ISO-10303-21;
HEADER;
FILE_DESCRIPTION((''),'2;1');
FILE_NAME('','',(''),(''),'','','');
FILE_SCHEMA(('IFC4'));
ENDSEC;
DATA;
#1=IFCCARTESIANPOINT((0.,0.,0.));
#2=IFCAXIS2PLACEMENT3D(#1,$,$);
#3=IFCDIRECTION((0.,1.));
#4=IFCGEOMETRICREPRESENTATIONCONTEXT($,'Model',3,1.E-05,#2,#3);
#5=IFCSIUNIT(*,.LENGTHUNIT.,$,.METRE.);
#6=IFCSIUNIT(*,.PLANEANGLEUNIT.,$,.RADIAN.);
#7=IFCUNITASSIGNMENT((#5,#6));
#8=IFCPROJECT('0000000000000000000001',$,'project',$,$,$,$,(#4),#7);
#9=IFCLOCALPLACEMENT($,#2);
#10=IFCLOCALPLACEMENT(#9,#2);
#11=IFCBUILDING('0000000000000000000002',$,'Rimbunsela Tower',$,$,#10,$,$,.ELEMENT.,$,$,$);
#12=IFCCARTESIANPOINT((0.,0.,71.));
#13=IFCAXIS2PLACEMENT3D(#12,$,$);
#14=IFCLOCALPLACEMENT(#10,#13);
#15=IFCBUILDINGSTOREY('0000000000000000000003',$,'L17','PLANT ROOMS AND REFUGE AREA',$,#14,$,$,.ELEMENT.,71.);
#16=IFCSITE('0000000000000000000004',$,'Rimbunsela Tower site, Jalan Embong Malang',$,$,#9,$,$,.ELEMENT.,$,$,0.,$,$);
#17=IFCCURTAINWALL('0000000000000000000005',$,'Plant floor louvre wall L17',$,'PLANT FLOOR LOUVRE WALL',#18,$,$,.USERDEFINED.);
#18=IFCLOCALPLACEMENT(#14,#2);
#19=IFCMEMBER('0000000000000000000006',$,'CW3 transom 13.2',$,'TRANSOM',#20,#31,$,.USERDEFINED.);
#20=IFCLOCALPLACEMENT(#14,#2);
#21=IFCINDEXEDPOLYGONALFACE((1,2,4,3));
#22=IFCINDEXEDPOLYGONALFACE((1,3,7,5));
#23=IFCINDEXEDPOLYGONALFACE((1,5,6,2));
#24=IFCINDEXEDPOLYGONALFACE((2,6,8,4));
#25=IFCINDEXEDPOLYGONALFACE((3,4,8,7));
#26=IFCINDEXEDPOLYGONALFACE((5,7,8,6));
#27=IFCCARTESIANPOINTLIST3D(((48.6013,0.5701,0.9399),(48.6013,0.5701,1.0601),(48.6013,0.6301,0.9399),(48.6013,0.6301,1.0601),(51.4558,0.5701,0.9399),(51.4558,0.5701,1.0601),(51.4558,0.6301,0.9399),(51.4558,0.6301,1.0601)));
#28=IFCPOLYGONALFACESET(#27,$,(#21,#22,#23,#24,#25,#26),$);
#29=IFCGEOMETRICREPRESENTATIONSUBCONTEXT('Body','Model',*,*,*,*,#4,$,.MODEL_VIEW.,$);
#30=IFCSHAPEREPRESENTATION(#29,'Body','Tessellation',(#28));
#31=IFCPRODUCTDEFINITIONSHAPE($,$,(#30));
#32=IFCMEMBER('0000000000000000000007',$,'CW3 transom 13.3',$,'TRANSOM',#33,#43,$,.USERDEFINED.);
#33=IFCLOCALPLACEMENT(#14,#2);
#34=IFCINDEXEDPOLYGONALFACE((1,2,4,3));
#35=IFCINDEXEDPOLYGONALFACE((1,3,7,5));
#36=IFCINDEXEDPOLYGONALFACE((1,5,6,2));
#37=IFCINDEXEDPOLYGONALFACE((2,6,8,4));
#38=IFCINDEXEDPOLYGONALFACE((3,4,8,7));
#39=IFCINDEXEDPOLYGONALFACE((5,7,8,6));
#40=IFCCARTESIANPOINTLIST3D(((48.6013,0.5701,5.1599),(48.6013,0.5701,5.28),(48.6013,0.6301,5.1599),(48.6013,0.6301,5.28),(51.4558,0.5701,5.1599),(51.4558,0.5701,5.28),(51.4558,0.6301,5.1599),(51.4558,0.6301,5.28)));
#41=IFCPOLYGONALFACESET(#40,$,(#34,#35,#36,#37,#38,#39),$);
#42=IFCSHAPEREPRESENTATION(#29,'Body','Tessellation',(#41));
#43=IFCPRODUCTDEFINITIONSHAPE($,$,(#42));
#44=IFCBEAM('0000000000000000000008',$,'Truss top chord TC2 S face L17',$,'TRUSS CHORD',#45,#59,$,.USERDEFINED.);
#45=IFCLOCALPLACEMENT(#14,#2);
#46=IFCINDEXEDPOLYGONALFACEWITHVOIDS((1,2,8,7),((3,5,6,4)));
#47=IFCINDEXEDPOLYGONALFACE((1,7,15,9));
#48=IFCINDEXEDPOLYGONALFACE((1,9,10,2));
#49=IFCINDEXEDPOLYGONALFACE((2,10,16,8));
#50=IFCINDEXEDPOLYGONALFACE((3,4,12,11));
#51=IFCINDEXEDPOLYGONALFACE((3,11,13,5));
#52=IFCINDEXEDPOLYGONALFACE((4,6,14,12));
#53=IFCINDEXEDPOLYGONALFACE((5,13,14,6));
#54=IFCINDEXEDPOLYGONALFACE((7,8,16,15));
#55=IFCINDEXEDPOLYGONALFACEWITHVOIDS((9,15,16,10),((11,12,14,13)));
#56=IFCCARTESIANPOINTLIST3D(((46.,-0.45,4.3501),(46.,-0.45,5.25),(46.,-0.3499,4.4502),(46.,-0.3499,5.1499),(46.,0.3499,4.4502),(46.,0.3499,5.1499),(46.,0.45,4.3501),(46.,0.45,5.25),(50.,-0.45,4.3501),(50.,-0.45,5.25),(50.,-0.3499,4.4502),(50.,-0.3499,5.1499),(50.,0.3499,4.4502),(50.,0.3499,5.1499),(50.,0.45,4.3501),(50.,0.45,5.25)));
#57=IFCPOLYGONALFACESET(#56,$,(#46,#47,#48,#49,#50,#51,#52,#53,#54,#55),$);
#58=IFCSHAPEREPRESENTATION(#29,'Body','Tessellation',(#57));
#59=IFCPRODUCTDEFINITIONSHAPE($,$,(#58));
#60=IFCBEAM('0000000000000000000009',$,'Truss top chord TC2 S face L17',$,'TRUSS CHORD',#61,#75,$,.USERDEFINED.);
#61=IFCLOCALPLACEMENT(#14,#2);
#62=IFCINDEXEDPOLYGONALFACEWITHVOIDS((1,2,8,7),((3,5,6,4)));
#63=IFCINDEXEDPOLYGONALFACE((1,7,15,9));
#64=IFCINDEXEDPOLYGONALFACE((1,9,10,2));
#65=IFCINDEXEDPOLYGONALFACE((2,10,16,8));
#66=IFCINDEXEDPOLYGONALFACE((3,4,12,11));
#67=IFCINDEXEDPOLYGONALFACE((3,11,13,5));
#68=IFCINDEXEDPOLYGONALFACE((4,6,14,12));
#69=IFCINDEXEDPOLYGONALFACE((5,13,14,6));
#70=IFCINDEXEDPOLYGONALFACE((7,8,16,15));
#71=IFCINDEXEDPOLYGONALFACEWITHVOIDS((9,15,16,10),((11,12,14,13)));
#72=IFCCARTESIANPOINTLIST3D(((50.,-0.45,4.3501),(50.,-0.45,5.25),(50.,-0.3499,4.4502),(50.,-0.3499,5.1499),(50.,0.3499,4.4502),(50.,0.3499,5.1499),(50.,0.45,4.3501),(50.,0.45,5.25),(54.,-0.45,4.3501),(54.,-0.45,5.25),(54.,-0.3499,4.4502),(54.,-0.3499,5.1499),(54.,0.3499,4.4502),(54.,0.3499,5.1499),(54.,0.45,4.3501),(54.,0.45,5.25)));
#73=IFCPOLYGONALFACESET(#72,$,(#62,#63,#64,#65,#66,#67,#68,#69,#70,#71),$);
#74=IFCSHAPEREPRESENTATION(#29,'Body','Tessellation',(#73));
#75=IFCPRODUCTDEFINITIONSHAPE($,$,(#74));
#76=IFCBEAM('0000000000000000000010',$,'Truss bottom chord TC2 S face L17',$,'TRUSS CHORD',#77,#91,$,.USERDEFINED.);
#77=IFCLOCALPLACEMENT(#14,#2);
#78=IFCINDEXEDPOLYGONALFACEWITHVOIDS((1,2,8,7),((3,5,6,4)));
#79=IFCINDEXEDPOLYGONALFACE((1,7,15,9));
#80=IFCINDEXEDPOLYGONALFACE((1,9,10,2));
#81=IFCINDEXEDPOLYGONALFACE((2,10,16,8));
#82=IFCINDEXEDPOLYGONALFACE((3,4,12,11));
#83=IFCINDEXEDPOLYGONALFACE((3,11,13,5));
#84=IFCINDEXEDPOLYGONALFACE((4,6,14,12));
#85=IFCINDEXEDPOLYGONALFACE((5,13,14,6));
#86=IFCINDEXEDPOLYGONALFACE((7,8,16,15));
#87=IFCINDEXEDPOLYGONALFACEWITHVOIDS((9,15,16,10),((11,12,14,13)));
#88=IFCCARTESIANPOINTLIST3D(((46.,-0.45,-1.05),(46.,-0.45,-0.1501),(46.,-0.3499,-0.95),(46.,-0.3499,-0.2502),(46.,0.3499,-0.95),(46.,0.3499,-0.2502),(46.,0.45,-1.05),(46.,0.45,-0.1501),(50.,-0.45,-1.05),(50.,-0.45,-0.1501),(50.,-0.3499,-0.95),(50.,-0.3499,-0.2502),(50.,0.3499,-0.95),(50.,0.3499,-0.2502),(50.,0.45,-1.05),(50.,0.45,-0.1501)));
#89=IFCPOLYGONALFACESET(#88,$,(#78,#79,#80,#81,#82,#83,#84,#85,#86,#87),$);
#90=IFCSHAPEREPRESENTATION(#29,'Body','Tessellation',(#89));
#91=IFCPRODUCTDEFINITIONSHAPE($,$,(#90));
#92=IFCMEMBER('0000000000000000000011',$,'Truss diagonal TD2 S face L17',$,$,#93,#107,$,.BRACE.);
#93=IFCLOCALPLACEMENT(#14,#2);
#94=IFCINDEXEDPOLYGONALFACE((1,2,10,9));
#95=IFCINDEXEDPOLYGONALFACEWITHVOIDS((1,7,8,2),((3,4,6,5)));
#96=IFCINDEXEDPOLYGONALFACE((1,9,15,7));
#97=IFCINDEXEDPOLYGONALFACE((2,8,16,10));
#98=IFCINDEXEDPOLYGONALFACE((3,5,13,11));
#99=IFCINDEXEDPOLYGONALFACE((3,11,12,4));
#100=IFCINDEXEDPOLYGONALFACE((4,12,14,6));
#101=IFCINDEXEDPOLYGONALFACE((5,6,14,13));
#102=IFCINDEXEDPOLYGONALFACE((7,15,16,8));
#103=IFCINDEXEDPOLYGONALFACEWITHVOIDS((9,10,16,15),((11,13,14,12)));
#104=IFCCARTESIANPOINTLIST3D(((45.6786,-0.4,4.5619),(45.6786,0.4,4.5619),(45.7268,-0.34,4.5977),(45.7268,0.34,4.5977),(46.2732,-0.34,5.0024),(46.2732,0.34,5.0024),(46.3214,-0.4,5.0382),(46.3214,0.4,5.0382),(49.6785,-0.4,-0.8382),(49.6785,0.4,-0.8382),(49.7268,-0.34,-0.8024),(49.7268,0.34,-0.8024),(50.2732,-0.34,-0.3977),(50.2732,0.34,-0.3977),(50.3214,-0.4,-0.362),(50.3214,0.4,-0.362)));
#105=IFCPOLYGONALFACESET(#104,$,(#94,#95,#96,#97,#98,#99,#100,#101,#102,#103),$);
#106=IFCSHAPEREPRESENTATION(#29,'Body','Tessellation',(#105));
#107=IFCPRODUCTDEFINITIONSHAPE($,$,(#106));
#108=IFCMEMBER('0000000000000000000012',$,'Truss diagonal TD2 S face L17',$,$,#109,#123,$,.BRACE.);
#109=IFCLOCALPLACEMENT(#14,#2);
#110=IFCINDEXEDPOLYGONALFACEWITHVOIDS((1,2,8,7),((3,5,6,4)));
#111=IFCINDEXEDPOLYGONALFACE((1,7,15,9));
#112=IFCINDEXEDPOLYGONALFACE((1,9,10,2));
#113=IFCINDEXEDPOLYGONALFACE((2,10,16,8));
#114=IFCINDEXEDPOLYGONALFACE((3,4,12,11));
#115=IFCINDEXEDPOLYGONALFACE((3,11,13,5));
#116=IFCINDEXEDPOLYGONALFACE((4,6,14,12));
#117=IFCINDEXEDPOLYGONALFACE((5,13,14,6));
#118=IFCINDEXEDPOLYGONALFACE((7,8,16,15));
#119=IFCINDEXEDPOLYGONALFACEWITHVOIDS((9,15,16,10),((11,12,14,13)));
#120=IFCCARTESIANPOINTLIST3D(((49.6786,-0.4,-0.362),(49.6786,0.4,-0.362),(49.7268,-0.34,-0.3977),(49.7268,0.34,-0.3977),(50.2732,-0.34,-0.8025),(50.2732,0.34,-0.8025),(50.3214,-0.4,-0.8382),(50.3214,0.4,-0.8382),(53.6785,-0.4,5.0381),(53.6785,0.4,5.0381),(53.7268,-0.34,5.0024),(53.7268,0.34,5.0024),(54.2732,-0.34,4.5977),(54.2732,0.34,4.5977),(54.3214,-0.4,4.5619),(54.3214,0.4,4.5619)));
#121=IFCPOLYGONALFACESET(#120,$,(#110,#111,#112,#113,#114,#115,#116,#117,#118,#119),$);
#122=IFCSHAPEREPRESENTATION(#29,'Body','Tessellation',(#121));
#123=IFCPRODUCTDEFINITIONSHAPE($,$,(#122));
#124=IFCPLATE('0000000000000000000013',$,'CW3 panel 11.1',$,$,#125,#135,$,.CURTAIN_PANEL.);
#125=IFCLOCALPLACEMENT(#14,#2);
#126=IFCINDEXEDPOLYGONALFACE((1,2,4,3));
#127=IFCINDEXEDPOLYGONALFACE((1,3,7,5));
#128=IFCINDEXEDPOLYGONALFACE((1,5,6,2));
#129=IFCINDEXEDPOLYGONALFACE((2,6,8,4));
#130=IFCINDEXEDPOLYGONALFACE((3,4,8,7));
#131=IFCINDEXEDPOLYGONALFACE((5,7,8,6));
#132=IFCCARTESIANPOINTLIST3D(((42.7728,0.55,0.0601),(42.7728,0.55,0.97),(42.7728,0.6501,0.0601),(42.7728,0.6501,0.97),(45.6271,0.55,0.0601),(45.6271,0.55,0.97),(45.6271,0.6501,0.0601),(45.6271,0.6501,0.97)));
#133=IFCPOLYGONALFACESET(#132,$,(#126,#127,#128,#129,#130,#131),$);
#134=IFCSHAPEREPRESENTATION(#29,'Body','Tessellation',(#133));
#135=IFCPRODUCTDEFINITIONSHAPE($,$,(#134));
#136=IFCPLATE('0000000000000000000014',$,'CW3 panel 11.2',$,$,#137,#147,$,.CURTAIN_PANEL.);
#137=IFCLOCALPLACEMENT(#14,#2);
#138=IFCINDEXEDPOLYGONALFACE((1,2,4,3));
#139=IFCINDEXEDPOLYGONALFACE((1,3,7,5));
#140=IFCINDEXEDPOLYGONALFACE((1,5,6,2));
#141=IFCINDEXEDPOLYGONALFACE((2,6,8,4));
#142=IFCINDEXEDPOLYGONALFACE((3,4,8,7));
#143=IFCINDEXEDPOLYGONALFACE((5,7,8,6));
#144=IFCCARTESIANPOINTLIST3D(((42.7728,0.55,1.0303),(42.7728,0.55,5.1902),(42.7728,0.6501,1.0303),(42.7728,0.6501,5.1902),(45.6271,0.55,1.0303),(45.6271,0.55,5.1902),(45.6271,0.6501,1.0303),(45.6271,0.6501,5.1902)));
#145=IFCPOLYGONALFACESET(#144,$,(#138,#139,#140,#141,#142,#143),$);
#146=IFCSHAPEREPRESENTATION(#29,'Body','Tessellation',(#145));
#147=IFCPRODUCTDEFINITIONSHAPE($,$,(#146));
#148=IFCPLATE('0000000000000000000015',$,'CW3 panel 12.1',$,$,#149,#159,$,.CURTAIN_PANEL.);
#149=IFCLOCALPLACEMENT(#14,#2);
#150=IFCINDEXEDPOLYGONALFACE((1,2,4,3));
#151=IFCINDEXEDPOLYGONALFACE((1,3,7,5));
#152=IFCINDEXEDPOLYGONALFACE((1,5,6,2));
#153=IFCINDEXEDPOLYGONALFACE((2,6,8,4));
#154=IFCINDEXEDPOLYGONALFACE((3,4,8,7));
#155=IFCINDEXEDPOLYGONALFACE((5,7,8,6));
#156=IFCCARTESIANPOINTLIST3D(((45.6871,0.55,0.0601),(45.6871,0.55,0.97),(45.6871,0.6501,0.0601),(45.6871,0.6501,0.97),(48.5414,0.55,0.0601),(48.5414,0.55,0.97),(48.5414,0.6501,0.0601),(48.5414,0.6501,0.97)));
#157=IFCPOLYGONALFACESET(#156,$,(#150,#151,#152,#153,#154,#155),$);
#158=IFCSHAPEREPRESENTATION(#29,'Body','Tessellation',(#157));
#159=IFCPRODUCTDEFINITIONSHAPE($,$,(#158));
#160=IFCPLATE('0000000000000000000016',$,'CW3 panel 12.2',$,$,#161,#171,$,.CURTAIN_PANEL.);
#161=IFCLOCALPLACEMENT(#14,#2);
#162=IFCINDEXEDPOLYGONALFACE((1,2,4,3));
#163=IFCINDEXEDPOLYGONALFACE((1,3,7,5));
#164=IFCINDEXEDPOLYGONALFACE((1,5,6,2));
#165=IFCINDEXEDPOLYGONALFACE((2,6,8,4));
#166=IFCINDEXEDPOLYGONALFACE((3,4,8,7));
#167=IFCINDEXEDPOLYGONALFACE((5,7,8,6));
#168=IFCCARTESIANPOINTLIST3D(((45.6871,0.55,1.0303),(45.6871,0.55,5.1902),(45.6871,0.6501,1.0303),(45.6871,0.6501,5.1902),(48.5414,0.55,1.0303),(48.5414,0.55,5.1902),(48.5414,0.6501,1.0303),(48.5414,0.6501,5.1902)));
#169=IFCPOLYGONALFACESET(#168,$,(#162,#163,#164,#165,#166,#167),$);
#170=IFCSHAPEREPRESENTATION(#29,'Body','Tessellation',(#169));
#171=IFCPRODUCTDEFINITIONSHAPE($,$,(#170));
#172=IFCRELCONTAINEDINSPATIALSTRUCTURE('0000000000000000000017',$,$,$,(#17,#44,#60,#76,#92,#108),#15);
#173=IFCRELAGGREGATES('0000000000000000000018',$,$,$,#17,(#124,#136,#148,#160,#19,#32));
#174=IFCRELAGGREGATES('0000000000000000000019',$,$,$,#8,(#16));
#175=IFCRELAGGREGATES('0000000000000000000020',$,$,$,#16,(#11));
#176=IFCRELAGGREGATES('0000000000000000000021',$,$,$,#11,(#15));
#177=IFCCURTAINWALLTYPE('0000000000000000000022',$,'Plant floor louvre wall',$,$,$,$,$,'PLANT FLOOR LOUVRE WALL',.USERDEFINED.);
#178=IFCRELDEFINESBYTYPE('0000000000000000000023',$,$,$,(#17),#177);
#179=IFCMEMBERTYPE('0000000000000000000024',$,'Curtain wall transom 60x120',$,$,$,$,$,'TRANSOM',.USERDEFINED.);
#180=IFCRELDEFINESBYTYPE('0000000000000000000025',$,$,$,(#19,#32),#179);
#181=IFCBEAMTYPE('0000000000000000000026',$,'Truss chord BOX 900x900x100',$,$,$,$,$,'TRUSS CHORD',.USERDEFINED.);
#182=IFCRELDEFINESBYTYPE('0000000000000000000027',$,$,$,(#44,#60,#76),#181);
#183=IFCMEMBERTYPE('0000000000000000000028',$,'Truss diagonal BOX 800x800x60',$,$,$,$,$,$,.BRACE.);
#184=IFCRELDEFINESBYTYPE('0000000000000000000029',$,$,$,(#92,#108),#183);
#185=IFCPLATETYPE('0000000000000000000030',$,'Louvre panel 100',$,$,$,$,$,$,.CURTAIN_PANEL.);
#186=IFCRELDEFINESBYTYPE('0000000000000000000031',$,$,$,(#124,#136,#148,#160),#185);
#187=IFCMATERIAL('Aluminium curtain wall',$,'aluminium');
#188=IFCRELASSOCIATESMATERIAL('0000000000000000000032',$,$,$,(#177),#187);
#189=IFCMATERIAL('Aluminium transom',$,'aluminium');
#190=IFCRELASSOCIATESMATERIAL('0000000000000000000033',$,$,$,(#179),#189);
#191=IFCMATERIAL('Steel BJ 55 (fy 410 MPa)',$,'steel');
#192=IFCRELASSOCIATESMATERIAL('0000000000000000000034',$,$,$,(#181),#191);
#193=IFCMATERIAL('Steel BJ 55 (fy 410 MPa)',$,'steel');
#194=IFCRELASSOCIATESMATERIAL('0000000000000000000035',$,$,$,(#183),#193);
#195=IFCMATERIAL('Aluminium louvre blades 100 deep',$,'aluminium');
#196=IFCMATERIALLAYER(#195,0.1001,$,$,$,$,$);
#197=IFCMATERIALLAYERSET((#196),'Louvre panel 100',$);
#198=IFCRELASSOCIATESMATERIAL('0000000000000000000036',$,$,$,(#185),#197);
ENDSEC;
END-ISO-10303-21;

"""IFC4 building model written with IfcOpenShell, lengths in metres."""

from ifc_helpers import new_model, si_unit, direction, frame, origin, origin_2d, place, context, subcontext, project, spatial, rectangle, hollow_rectangle, extrude, material, layer, layer_set, material_profile, profile_set, type_object, element, aggregate, save


model = new_model("IFC4")

# Units and contexts
model_context = context("Model", 3, precision=1e-05, world=origin(), true_north=direction((0.0, 1.0)))
body_context = subcontext(model_context, "Body", "Model", "MODEL_VIEW")
ifc_project = project(units=[si_unit("LENGTHUNIT", "METRE"), si_unit("PLANEANGLEUNIT", "RADIAN")], contexts=[model_context])

# Site, building, storey
site_placement = place(None, origin())
site = spatial("IfcSite", under=ifc_project, at=site_placement, Name="Rimbunsela Tower site, Jalan Embong Malang", CompositionType="ELEMENT", RefElevation=0.0)
building_placement = place(site_placement, origin())
building = spatial("IfcBuilding", under=site, at=building_placement, Name="Rimbunsela Tower", CompositionType="ELEMENT")
storey_placement = place(building_placement, frame((0.0, 0.0, 71.0)))
storey = spatial("IfcBuildingStorey", under=building, at=storey_placement, Name="L17", Description="PLANT ROOMS AND REFUGE AREA", CompositionType="ELEMENT", Elevation=71.0)

# Curtain wall, members
ifc_material_1 = material(Name="Aluminium curtain wall", Category="aluminium")
curtain_wall_type = type_object("IfcCurtainWallType", Name="Plant floor louvre wall", ElementType="PLANT FLOOR LOUVRE WALL", PredefinedType="USERDEFINED", material=ifc_material_1)
curtain_wall_placement = place(storey_placement, origin())
curtain_wall = element("IfcCurtainWall", 1, at=curtain_wall_placement, inside=storey, type_object=curtain_wall_type, Name="Plant floor louvre wall L17", ObjectType="PLANT FLOOR LOUVRE WALL", PredefinedType="USERDEFINED")
ifc_material_2 = material(Name="Aluminium transom", Category="aluminium")
ifc_material_profile_1 = material_profile(ifc_material_2, rectangle(XDim=0.0601, YDim=0.1201, at=origin_2d()), Name="Transom 60x120")
ifc_profile_set_1 = profile_set([ifc_material_profile_1], Name="Aluminium transom")
member_type_1 = type_object("IfcMemberType", Name="Curtain wall transom 60x120", ElementType="TRANSOM", PredefinedType="USERDEFINED", material=ifc_profile_set_1)
member_1_placement = place(storey_placement, frame((48.6013, 0.6001, 1.0), z_axis=(1.0, 0.0, 0.0), x_axis=(0.0, 1.0, 0.0)))
member_1 = element("IfcMember", 2, at=member_1_placement, type_object=member_type_1, Name="CW3 transom 13.2", ObjectType="TRANSOM", PredefinedType="USERDEFINED", context=body_context, shape_type="SweptSolid", body=[
    extrude(rectangle(XDim=0.0601, YDim=0.1201, at=origin_2d()), origin(), (0.0, 0.0, 1.0), 2.8545),
])
member_2_placement = place(storey_placement, frame((48.6013, 0.6001, 5.22), z_axis=(1.0, 0.0, 0.0), x_axis=(0.0, 1.0, 0.0)))
member_2 = element("IfcMember", 3, at=member_2_placement, type_object=member_type_1, Name="CW3 transom 13.3", ObjectType="TRANSOM", PredefinedType="USERDEFINED", context=body_context, shape_type="SweptSolid", body=[
    extrude(rectangle(XDim=0.0601, YDim=0.1201, at=origin_2d()), origin(), (0.0, 0.0, 1.0), 2.8545),
])

# Beams
ifc_material_3 = material(Name="Steel BJ 55 (fy 410 MPa)", Category="steel")
ifc_material_profile_2 = material_profile(ifc_material_3, hollow_rectangle(XDim=0.8999, YDim=0.8999, WallThickness=0.1001, at=origin_2d()), Name="BOX 900x900x100")
ifc_profile_set_2 = profile_set([ifc_material_profile_2], Name="Steel BJ 55 (fy 410 MPa)")
beam_type_1 = type_object("IfcBeamType", Name="Truss chord BOX 900x900x100", ElementType="TRUSS CHORD", PredefinedType="USERDEFINED", material=ifc_profile_set_2)
for number, where, z_axis, x_axis, name in (
    (4, (46.0, 0.0, 4.8), (1.0, 0.0, 0.0), (0.0, 1.0, 0.0), "Truss top chord TC2 S face L17"),
    (5, (50.0, 0.0, 4.8), (1.0, 0.0, 0.0), (0.0, 1.0, 0.0), "Truss top chord TC2 S face L17"),
    (6, (46.0, 0.0, -0.6001), (1.0, 0.0, 0.0), (0.0, 1.0, 0.0), "Truss bottom chord TC2 S face L17"),
):
    element("IfcBeam", number, at=place(storey_placement, frame(where, z_axis=z_axis, x_axis=x_axis)), inside=storey, type_object=beam_type_1, Name=name, ObjectType="TRUSS CHORD", PredefinedType="USERDEFINED", context=body_context, shape_type="SweptSolid", body=[
        extrude(hollow_rectangle(XDim=0.8999, YDim=0.8999, WallThickness=0.1001, at=origin_2d()), origin(), (0.0, 0.0, 1.0), 4.0),
    ])

# Members
ifc_material_4 = material(Name="Steel BJ 55 (fy 410 MPa)", Category="steel")
ifc_material_profile_3 = material_profile(ifc_material_4, hollow_rectangle(XDim=0.8, YDim=0.8, WallThickness=0.0601, at=origin_2d()), Name="BOX 800x800x60")
ifc_profile_set_3 = profile_set([ifc_material_profile_3], Name="Steel BJ 55 (fy 410 MPa)")
member_type_2 = type_object("IfcMemberType", Name="Truss diagonal BOX 800x800x60", PredefinedType="BRACE", material=ifc_profile_set_3)
for number, where, z_axis, x_axis, name in (
    (7, (46.0, 0.0, 4.8), (0.595217, 0.0, -0.803565), (0.0, 1.0, 0.0), "Truss diagonal TD2 S face L17"),
    (8, (50.0, 0.0, -0.6001), (0.595217, 0.0, 0.803565), (0.0, 1.0, 0.0), "Truss diagonal TD2 S face L17"),
):
    element("IfcMember", number, at=place(storey_placement, frame(where, z_axis=z_axis, x_axis=x_axis)), inside=storey, type_object=member_type_2, Name=name, PredefinedType="BRACE", context=body_context, shape_type="SweptSolid", body=[
        extrude(hollow_rectangle(XDim=0.8, YDim=0.8, WallThickness=0.0601, at=origin_2d()), origin(), (0.0, 0.0, 1.0), 6.7202),
    ])

# Plates
ifc_material_5 = material(Name="Aluminium louvre blades 100 deep", Category="aluminium")
ifc_layer = layer(ifc_material_5, 0.1001)
ifc_layer_set = layer_set([ifc_layer], Name="Louvre panel 100")
plate_type = type_object("IfcPlateType", Name="Louvre panel 100", PredefinedType="CURTAIN_PANEL", material=ifc_layer_set)
plate_1_placement = place(storey_placement, frame((44.2, 0.6001, 0.0601), z_axis=(0.0, 0.0, 1.0), x_axis=(1.0, 0.0, 0.0)))
plate_1 = element("IfcPlate", 9, at=plate_1_placement, type_object=plate_type, Name="CW3 panel 11.1", PredefinedType="CURTAIN_PANEL", context=body_context, shape_type="SweptSolid", body=[
    extrude(rectangle(XDim=2.8542, YDim=0.1001, at=origin_2d()), origin(), (0.0, 0.0, 1.0), 0.9099),
])
plate_2_placement = place(storey_placement, frame((44.2, 0.6001, 1.0303), z_axis=(0.0, 0.0, 1.0), x_axis=(1.0, 0.0, 0.0)))
plate_2 = element("IfcPlate", 10, at=plate_2_placement, type_object=plate_type, Name="CW3 panel 11.2", PredefinedType="CURTAIN_PANEL", context=body_context, shape_type="SweptSolid", body=[
    extrude(rectangle(XDim=2.8542, YDim=0.1001, at=origin_2d()), origin(), (0.0, 0.0, 1.0), 4.1599),
])
plate_3_placement = place(storey_placement, frame((47.1143, 0.6001, 0.0601), z_axis=(0.0, 0.0, 1.0), x_axis=(1.0, 0.0, 0.0)))
plate_3 = element("IfcPlate", 11, at=plate_3_placement, type_object=plate_type, Name="CW3 panel 12.1", PredefinedType="CURTAIN_PANEL", context=body_context, shape_type="SweptSolid", body=[
    extrude(rectangle(XDim=2.8542, YDim=0.1001, at=origin_2d()), origin(), (0.0, 0.0, 1.0), 0.9099),
])
plate_4_placement = place(storey_placement, frame((47.1143, 0.6001, 1.0303), z_axis=(0.0, 0.0, 1.0), x_axis=(1.0, 0.0, 0.0)))
plate_4 = element("IfcPlate", 12, at=plate_4_placement, type_object=plate_type, Name="CW3 panel 12.2", PredefinedType="CURTAIN_PANEL", context=body_context, shape_type="SweptSolid", body=[
    extrude(rectangle(XDim=2.8542, YDim=0.1001, at=origin_2d()), origin(), (0.0, 0.0, 1.0), 4.1599),
])
aggregate(curtain_wall, [plate_1, plate_2, plate_3, plate_4, member_1, member_2])

save(model, "model.ifc")
